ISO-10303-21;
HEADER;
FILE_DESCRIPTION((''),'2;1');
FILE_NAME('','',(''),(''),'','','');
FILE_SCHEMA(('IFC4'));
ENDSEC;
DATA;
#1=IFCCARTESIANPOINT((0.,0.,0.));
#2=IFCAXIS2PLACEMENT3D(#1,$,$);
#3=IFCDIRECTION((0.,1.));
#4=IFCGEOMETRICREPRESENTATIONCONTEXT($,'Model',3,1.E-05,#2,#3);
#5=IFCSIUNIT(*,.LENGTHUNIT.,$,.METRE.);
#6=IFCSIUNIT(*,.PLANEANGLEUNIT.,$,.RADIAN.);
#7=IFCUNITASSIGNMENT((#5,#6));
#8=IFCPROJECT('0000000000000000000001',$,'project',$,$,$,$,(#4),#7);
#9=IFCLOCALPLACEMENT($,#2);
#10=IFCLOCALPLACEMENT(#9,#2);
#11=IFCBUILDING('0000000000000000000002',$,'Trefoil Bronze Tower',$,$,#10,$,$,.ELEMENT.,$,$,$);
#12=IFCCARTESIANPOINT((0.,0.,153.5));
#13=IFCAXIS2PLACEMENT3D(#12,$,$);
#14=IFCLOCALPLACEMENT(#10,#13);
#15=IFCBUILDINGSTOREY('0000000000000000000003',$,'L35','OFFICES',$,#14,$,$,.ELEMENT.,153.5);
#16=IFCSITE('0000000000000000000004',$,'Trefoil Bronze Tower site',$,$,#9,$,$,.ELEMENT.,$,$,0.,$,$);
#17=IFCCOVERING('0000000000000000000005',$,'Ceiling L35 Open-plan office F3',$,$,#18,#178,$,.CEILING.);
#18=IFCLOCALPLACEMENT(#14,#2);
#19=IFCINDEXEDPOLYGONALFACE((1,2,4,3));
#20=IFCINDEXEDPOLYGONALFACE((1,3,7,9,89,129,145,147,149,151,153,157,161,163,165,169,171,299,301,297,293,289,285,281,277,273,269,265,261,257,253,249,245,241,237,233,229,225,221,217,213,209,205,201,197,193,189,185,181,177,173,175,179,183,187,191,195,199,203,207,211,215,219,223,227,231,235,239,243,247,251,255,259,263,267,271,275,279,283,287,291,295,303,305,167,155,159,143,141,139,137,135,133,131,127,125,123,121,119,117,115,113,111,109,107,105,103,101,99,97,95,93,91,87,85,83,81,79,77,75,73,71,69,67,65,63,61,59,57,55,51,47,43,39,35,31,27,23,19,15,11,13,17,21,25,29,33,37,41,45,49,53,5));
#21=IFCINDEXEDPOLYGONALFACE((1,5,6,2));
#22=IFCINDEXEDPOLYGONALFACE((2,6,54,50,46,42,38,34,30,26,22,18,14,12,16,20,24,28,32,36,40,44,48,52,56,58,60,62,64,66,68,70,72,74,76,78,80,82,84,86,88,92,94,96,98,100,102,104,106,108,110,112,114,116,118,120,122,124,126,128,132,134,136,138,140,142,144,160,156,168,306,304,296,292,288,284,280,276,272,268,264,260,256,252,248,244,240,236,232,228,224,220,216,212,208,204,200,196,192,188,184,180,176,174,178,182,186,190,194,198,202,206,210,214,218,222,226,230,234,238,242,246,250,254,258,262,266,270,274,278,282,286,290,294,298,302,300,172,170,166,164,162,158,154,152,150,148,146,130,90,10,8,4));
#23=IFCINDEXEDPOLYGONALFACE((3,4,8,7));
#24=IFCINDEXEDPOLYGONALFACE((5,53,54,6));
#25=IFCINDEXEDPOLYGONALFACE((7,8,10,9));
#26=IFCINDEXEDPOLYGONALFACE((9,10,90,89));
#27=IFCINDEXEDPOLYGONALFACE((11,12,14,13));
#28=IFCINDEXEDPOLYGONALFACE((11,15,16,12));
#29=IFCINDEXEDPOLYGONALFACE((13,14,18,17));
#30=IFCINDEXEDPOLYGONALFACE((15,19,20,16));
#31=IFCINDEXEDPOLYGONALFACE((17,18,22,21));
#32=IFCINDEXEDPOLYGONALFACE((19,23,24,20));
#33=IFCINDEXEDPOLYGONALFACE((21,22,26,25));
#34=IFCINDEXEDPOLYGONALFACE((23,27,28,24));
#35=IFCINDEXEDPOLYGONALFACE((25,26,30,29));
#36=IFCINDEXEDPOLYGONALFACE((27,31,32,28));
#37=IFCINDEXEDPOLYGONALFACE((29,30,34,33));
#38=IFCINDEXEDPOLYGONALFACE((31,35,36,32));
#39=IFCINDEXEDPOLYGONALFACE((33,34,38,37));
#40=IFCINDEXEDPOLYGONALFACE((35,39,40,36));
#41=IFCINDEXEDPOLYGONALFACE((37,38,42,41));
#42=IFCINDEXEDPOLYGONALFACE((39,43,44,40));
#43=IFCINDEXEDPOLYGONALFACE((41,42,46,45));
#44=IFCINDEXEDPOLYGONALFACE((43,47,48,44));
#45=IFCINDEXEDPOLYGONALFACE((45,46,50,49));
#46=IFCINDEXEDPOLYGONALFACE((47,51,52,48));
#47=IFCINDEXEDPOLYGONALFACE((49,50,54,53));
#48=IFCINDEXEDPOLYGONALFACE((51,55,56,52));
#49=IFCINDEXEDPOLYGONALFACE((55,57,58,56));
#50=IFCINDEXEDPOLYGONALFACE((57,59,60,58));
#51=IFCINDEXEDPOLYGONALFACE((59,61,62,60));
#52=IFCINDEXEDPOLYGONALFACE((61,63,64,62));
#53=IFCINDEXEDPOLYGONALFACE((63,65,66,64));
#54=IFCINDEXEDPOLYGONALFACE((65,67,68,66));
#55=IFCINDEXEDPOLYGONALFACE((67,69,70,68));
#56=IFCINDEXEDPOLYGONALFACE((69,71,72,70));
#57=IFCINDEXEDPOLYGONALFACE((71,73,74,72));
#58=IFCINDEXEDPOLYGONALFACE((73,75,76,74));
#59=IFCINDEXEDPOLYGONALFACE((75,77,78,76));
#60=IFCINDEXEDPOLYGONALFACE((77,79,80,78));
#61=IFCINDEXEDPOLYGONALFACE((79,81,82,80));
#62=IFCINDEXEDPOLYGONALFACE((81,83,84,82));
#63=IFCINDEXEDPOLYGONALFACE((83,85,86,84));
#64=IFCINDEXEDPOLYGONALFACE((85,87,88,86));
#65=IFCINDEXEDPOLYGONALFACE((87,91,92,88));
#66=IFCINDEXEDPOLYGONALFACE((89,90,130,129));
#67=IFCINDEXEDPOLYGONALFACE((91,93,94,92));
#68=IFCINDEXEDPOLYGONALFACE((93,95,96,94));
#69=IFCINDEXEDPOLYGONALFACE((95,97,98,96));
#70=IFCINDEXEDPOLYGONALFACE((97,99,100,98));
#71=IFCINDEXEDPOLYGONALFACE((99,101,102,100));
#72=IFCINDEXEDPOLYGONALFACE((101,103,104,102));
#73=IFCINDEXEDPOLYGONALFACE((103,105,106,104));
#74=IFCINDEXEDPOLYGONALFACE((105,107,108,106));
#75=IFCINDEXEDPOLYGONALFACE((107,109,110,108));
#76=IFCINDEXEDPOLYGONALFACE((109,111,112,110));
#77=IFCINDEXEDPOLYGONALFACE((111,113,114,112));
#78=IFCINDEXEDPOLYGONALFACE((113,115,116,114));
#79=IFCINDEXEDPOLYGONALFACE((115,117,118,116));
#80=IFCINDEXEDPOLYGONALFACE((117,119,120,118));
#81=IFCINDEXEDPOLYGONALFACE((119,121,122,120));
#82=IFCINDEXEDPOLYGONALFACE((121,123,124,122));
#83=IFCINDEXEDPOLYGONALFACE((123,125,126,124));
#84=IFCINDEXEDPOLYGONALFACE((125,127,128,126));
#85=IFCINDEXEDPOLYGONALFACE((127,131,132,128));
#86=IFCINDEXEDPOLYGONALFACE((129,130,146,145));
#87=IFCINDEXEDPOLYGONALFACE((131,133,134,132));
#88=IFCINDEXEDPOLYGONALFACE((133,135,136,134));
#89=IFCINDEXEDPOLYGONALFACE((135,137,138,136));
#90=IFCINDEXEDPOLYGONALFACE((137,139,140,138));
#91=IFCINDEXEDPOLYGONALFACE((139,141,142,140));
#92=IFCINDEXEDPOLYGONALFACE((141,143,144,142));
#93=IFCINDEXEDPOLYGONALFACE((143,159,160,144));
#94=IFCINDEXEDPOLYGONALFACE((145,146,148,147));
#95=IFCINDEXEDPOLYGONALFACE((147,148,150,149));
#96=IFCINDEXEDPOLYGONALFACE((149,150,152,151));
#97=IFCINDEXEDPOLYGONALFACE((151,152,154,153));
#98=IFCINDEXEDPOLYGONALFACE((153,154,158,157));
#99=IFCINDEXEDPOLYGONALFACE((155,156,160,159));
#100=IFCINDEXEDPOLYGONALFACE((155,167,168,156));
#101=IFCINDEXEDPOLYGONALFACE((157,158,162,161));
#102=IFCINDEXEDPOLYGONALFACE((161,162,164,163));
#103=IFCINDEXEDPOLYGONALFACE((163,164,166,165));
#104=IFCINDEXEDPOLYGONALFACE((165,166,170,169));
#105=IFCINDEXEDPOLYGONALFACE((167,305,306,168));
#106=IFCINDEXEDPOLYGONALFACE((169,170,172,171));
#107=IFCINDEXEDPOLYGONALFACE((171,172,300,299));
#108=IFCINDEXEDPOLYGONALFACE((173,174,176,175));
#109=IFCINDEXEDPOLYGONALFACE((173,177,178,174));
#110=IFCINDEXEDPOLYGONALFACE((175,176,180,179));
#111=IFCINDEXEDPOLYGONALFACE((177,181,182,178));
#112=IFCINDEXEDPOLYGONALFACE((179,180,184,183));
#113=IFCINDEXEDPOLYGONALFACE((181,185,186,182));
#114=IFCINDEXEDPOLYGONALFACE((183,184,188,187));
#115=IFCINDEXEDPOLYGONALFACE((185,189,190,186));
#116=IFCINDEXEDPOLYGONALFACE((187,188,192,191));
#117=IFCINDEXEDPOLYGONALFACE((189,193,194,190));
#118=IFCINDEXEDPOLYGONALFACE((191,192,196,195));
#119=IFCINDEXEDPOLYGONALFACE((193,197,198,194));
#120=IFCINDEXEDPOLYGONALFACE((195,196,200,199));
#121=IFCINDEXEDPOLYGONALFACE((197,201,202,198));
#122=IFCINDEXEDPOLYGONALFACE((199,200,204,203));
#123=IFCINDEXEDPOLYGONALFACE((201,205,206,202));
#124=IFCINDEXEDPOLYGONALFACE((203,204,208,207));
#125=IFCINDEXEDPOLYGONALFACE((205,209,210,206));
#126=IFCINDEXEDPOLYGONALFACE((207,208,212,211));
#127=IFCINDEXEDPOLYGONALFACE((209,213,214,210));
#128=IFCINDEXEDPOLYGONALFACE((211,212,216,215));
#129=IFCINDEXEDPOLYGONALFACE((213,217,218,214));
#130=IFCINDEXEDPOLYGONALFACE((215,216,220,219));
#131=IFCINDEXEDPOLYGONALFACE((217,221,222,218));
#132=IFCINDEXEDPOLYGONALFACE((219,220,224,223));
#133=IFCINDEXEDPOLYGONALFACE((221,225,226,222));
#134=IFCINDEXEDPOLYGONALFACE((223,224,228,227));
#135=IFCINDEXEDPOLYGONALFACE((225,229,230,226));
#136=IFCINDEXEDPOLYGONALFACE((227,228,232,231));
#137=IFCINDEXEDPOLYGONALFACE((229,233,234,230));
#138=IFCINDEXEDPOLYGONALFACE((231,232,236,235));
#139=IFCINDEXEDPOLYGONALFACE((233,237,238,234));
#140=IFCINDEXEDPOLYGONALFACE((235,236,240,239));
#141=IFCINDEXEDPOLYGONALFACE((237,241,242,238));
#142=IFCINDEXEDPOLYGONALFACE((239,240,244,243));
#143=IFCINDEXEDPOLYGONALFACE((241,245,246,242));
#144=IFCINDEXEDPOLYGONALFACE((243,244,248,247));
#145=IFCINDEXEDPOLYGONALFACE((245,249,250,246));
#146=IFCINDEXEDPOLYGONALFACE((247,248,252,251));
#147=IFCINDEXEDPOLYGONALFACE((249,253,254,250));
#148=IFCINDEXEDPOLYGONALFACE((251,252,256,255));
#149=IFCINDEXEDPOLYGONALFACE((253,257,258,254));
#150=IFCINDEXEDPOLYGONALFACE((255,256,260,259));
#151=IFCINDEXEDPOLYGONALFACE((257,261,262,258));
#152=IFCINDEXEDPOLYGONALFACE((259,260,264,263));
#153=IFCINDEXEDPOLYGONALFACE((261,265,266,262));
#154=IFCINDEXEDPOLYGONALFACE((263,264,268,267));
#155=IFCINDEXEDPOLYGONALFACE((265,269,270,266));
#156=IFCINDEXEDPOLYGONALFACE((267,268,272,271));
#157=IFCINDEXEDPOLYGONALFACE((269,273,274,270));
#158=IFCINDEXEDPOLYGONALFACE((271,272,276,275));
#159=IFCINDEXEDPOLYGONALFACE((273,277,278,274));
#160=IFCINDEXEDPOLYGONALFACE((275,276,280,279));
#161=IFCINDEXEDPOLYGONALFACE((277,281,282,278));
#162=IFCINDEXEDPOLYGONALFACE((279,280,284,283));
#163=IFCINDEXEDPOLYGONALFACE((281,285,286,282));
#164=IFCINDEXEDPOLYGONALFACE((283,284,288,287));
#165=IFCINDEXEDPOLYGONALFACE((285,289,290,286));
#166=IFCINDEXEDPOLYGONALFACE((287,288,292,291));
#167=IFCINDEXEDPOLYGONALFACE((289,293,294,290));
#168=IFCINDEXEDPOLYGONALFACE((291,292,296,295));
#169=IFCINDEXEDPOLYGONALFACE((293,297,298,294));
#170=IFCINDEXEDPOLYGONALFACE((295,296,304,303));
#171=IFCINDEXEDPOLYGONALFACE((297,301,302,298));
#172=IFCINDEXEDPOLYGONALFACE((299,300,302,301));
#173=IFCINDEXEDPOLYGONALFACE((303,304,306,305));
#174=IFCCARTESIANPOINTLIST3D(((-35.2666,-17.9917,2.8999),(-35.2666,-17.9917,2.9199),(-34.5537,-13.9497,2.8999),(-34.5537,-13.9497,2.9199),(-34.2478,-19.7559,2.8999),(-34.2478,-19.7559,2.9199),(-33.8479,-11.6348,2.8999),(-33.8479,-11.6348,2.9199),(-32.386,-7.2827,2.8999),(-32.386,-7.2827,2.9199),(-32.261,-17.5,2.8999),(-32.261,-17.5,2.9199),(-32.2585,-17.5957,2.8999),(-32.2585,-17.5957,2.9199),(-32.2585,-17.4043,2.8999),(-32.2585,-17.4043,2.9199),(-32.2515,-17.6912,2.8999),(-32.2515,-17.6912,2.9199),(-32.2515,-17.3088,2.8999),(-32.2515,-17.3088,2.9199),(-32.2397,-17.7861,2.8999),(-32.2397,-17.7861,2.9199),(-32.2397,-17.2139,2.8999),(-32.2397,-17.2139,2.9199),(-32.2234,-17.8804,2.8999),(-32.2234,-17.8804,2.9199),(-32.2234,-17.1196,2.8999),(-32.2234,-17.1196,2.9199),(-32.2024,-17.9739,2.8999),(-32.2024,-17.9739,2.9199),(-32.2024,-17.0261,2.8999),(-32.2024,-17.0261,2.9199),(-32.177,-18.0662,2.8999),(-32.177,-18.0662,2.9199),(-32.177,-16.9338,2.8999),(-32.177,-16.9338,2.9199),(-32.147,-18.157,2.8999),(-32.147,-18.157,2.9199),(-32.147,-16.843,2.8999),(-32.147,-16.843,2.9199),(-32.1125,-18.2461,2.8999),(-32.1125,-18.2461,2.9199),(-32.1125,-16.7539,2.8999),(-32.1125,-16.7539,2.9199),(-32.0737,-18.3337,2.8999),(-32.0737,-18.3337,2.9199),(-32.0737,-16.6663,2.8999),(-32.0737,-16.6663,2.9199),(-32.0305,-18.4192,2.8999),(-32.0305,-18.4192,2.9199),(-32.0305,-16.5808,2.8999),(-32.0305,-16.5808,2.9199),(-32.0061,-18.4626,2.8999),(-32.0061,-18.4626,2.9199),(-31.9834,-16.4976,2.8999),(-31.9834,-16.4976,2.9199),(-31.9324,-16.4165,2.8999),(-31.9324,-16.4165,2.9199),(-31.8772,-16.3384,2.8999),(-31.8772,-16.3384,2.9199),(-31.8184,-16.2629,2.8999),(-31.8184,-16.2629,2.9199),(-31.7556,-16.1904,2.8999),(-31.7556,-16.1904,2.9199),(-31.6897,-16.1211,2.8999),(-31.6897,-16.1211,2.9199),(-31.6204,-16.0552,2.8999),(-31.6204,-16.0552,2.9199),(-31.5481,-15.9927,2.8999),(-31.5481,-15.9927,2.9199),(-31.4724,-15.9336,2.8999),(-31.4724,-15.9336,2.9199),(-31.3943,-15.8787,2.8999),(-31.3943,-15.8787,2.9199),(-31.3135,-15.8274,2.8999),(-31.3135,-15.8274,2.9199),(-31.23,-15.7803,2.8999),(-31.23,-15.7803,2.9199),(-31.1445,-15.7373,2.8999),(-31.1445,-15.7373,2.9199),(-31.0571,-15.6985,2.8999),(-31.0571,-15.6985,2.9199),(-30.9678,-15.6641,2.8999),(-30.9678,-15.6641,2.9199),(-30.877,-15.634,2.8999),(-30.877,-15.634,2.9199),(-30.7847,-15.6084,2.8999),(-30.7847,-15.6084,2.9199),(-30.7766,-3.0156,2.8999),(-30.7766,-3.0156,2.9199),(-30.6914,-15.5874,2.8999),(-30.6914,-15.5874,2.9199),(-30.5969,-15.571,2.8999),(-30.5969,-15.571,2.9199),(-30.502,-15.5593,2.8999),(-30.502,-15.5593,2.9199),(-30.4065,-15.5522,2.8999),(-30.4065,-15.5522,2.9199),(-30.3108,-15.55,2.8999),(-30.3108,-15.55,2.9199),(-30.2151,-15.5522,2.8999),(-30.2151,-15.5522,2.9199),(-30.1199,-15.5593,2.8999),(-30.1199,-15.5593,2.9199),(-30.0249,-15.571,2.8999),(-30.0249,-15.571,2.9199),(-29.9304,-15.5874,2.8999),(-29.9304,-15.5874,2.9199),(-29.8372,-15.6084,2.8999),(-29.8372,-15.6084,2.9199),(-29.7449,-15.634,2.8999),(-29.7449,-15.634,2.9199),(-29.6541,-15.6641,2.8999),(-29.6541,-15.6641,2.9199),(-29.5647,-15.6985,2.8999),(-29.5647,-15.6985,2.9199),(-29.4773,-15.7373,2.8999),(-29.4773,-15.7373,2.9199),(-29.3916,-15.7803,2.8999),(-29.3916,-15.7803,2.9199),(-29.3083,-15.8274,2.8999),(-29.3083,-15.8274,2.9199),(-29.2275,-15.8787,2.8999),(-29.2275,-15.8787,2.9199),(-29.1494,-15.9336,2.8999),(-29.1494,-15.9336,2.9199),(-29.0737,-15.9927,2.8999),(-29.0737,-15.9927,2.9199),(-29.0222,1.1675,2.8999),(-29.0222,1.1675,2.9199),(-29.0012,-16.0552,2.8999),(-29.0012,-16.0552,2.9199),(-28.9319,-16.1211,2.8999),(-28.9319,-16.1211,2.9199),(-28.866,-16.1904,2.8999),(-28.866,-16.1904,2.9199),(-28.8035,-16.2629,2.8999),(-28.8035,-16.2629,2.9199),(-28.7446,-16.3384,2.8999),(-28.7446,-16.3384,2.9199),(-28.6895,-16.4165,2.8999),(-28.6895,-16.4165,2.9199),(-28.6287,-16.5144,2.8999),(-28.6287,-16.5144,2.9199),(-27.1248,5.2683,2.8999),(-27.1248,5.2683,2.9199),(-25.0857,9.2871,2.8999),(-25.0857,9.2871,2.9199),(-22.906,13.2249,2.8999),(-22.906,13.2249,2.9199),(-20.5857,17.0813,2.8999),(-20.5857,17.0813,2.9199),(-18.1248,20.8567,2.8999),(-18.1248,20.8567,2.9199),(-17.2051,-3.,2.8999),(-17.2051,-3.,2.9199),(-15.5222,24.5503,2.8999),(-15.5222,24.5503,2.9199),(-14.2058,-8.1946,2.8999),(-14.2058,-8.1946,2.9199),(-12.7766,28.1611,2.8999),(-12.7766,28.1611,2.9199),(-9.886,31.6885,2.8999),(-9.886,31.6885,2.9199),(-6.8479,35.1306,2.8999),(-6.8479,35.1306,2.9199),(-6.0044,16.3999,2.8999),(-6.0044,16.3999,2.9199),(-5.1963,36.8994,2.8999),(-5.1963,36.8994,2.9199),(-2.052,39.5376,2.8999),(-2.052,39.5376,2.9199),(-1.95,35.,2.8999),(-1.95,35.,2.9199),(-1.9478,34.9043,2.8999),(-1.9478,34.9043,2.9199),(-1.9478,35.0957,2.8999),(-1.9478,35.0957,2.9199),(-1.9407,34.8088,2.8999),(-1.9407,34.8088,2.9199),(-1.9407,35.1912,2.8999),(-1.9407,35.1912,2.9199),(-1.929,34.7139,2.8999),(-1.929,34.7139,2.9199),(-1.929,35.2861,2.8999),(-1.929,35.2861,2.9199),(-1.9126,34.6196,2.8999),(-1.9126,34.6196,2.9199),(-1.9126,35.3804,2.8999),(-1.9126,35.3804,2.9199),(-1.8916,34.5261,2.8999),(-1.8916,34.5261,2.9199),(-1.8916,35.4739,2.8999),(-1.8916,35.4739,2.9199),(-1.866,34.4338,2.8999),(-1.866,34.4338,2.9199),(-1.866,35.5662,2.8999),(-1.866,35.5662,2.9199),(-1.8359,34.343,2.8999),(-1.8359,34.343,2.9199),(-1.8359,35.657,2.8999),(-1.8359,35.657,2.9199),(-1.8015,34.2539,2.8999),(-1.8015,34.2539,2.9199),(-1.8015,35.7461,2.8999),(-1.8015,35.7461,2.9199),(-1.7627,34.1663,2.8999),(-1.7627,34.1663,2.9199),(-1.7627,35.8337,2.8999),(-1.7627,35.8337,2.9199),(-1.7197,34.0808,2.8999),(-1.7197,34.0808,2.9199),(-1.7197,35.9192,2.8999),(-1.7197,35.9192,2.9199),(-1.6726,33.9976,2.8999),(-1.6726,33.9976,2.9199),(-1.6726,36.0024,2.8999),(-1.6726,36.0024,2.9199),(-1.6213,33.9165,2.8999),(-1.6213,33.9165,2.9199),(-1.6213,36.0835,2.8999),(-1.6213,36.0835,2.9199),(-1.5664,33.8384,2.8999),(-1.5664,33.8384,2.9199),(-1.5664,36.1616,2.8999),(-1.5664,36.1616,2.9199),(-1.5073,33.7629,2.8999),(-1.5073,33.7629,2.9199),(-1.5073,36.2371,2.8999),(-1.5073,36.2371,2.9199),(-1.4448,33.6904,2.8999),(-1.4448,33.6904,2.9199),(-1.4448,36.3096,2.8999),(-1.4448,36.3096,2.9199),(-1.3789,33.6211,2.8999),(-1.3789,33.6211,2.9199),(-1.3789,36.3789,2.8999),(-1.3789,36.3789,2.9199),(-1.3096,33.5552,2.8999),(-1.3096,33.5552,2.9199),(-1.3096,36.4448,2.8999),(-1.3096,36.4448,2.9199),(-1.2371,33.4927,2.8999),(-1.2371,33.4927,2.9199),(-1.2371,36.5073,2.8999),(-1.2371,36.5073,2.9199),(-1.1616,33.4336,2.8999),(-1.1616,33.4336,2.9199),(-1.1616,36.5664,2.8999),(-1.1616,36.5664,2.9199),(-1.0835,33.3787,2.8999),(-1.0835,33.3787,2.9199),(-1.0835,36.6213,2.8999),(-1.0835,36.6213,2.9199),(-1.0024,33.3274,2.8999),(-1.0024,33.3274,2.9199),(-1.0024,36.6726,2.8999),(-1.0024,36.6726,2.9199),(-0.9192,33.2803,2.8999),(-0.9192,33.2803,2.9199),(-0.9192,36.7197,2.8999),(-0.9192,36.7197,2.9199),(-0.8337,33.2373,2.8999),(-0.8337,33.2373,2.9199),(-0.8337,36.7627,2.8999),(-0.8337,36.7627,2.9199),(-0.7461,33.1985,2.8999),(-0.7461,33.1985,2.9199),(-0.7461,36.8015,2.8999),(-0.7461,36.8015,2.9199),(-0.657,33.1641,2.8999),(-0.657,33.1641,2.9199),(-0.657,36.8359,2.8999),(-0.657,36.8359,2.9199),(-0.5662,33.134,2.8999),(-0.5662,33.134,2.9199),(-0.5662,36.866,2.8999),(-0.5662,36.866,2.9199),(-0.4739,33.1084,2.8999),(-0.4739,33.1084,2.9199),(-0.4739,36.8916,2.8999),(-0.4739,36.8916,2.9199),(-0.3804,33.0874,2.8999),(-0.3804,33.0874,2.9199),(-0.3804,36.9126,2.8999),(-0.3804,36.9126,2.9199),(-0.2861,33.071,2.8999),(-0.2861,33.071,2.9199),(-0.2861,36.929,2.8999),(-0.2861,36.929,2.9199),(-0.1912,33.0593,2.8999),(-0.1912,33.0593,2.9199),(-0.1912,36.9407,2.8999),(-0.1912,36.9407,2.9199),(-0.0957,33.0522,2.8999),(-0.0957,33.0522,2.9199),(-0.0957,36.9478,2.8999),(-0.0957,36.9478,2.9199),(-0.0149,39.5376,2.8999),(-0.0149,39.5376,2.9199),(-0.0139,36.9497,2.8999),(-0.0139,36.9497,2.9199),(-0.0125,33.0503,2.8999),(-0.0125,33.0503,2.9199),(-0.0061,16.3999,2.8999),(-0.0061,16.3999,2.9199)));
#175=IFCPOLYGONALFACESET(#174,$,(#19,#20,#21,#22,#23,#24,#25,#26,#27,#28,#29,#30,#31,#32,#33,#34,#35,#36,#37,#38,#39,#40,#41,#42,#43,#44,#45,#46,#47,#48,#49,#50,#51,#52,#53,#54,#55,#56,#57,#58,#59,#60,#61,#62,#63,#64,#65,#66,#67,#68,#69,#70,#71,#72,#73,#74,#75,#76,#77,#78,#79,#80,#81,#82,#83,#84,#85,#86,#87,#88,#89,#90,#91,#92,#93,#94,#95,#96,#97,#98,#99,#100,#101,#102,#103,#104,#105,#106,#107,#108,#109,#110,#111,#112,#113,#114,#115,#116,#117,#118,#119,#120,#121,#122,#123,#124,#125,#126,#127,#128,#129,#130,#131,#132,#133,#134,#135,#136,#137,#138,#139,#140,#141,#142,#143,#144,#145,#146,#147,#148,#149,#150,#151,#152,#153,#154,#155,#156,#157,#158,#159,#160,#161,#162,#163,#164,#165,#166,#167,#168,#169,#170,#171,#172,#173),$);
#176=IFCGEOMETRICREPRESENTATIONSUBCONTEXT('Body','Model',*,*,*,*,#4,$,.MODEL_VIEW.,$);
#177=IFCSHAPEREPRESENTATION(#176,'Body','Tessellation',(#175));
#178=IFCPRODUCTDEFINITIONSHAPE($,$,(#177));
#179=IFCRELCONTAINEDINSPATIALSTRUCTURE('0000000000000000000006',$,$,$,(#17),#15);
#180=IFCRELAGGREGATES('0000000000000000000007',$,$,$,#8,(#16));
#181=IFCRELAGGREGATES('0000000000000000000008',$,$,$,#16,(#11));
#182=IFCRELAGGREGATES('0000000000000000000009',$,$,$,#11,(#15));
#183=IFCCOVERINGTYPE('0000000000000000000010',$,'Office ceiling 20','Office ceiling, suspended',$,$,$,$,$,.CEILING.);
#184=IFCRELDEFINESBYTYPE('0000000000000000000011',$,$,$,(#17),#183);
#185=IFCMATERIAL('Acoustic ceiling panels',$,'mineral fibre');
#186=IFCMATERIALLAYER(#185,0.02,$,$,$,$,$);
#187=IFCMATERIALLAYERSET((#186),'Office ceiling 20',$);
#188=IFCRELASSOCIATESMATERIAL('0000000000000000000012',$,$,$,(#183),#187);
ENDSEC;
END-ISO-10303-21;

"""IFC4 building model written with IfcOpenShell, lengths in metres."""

from ifc_helpers import new_model, si_unit, direction, frame, origin, place, context, subcontext, project, spatial, polyline, outline, extrude, material, layer, layer_set, type_object, element, save


model = new_model("IFC4")

# Units and contexts
model_context = context("Model", 3, precision=1e-05, world=origin(), true_north=direction((0.0, 1.0)))
body_context = subcontext(model_context, "Body", "Model", "MODEL_VIEW")
ifc_project = project(units=[si_unit("LENGTHUNIT", "METRE"), si_unit("PLANEANGLEUNIT", "RADIAN")], contexts=[model_context])

# Site, building, storey
site_placement = place(None, origin())
site = spatial("IfcSite", under=ifc_project, at=site_placement, Name="Trefoil Bronze Tower site", CompositionType="ELEMENT", RefElevation=0.0)
building_placement = place(site_placement, origin())
building = spatial("IfcBuilding", under=site, at=building_placement, Name="Trefoil Bronze Tower", CompositionType="ELEMENT")
storey_placement = place(building_placement, frame((0.0, 0.0, 153.5)))
storey = spatial("IfcBuildingStorey", under=building, at=storey_placement, Name="L35", Description="OFFICES", CompositionType="ELEMENT", Elevation=153.5)

# Covering
ifc_material_1 = material(Name="Acoustic ceiling panels", Category="mineral fibre")
ifc_layer_1 = layer(ifc_material_1, 0.02)
ifc_layer_set_1 = layer_set([ifc_layer_1], Name="Office ceiling 20")
covering_type_1 = type_object("IfcCoveringType", Name="Office ceiling 20", Description="Office ceiling, suspended", PredefinedType="CEILING", material=ifc_layer_set_1)
covering_1_placement = place(storey_placement, frame((0.0, 0.0, 2.8999)))
element("IfcCovering", 1, at=covering_1_placement, inside=storey, type_object=covering_type_1, Name="Ceiling L35 Open-plan office F3", PredefinedType="CEILING", context=body_context, shape_type="SweptSolid", body=[
    extrude(outline(polyline([(-33.8479, -11.6348), (-32.386, -7.2827), (-30.7766, -3.0156), (-29.0222, 1.1675), (-27.1248, 5.2683), (-25.0857, 9.2871), (-22.906, 13.2249), (-20.5857, 17.0813), (-18.1248, 20.8567), (-15.5222, 24.5503), (-12.7766, 28.1611), (-9.886, 31.6885), (-6.8479, 35.1306), (-5.1963, 36.8994), (-2.052, 39.5376), (-0.0149, 39.5376), (-0.0139, 36.9497), (-0.0957, 36.9478), (-0.1912, 36.9407), (-0.2861, 36.929), (-0.3804, 36.9126), (-0.4739, 36.8916), (-0.5662, 36.866), (-0.657, 36.8359), (-0.7461, 36.8015), (-0.8337, 36.7627), (-0.9192, 36.7197), (-1.0024, 36.6726), (-1.0835, 36.6213), (-1.1616, 36.5664), (-1.2371, 36.5073), (-1.3096, 36.4448), (-1.3789, 36.3789), (-1.4448, 36.3096), (-1.5073, 36.2371), (-1.5664, 36.1616), (-1.6213, 36.0835), (-1.6726, 36.0024), (-1.7197, 35.9192), (-1.7627, 35.8337), (-1.8015, 35.7461), (-1.8359, 35.657), (-1.866, 35.5662), (-1.8916, 35.4739), (-1.9126, 35.3804), (-1.929, 35.2861), (-1.9407, 35.1912), (-1.9478, 35.0957), (-1.95, 35.0), (-1.9478, 34.9043), (-1.9407, 34.8088), (-1.929, 34.7139), (-1.9126, 34.6196), (-1.8916, 34.5261), (-1.866, 34.4338), (-1.8359, 34.343), (-1.8015, 34.2539), (-1.7627, 34.1663), (-1.7197, 34.0808), (-1.6726, 33.9976), (-1.6213, 33.9165), (-1.5664, 33.8384), (-1.5073, 33.7629), (-1.4448, 33.6904), (-1.3789, 33.6211), (-1.3096, 33.5552), (-1.2371, 33.4927), (-1.1616, 33.4336), (-1.0835, 33.3787), (-1.0024, 33.3274), (-0.9192, 33.2803), (-0.8337, 33.2373), (-0.7461, 33.1985), (-0.657, 33.1641), (-0.5662, 33.134), (-0.4739, 33.1084), (-0.3804, 33.0874), (-0.2861, 33.071), (-0.1912, 33.0593), (-0.0957, 33.0522), (-0.0125, 33.0503), (-0.0061, 16.3999), (-6.0044, 16.3999), (-17.2051, -3.0), (-14.2058, -8.1946), (-28.6287, -16.5144), (-28.6895, -16.4165), (-28.7446, -16.3384), (-28.8035, -16.2629), (-28.866, -16.1904), (-28.9319, -16.1211), (-29.0012, -16.0552), (-29.0737, -15.9927), (-29.1494, -15.9336), (-29.2275, -15.8787), (-29.3083, -15.8274), (-29.3916, -15.7803), (-29.4773, -15.7373), (-29.5647, -15.6985), (-29.6541, -15.6641), (-29.7449, -15.634), (-29.8372, -15.6084), (-29.9304, -15.5874), (-30.0249, -15.571), (-30.1199, -15.5593), (-30.2151, -15.5522), (-30.3108, -15.55), (-30.4065, -15.5522), (-30.502, -15.5593), (-30.5969, -15.571), (-30.6914, -15.5874), (-30.7847, -15.6084), (-30.877, -15.634), (-30.9678, -15.6641), (-31.0571, -15.6985), (-31.1445, -15.7373), (-31.23, -15.7803), (-31.3135, -15.8274), (-31.3943, -15.8787), (-31.4724, -15.9336), (-31.5481, -15.9927), (-31.6204, -16.0552), (-31.6897, -16.1211), (-31.7556, -16.1904), (-31.8184, -16.2629), (-31.8772, -16.3384), (-31.9324, -16.4165), (-31.9834, -16.4976), (-32.0305, -16.5808), (-32.0737, -16.6663), (-32.1125, -16.7539), (-32.147, -16.843), (-32.177, -16.9338), (-32.2024, -17.0261), (-32.2234, -17.1196), (-32.2397, -17.2139), (-32.2515, -17.3088), (-32.2585, -17.4043), (-32.261, -17.5), (-32.2585, -17.5957), (-32.2515, -17.6912), (-32.2397, -17.7861), (-32.2234, -17.8804), (-32.2024, -17.9739), (-32.177, -18.0662), (-32.147, -18.157), (-32.1125, -18.2461), (-32.0737, -18.3337), (-32.0305, -18.4192), (-32.0061, -18.4626), (-34.2478, -19.7559), (-35.2666, -17.9917), (-34.5537, -13.9497), (-33.8479, -11.6348)])), origin(), (0.0, 0.0, 1.0), 0.02),
])

save(model, "model.ifc")
